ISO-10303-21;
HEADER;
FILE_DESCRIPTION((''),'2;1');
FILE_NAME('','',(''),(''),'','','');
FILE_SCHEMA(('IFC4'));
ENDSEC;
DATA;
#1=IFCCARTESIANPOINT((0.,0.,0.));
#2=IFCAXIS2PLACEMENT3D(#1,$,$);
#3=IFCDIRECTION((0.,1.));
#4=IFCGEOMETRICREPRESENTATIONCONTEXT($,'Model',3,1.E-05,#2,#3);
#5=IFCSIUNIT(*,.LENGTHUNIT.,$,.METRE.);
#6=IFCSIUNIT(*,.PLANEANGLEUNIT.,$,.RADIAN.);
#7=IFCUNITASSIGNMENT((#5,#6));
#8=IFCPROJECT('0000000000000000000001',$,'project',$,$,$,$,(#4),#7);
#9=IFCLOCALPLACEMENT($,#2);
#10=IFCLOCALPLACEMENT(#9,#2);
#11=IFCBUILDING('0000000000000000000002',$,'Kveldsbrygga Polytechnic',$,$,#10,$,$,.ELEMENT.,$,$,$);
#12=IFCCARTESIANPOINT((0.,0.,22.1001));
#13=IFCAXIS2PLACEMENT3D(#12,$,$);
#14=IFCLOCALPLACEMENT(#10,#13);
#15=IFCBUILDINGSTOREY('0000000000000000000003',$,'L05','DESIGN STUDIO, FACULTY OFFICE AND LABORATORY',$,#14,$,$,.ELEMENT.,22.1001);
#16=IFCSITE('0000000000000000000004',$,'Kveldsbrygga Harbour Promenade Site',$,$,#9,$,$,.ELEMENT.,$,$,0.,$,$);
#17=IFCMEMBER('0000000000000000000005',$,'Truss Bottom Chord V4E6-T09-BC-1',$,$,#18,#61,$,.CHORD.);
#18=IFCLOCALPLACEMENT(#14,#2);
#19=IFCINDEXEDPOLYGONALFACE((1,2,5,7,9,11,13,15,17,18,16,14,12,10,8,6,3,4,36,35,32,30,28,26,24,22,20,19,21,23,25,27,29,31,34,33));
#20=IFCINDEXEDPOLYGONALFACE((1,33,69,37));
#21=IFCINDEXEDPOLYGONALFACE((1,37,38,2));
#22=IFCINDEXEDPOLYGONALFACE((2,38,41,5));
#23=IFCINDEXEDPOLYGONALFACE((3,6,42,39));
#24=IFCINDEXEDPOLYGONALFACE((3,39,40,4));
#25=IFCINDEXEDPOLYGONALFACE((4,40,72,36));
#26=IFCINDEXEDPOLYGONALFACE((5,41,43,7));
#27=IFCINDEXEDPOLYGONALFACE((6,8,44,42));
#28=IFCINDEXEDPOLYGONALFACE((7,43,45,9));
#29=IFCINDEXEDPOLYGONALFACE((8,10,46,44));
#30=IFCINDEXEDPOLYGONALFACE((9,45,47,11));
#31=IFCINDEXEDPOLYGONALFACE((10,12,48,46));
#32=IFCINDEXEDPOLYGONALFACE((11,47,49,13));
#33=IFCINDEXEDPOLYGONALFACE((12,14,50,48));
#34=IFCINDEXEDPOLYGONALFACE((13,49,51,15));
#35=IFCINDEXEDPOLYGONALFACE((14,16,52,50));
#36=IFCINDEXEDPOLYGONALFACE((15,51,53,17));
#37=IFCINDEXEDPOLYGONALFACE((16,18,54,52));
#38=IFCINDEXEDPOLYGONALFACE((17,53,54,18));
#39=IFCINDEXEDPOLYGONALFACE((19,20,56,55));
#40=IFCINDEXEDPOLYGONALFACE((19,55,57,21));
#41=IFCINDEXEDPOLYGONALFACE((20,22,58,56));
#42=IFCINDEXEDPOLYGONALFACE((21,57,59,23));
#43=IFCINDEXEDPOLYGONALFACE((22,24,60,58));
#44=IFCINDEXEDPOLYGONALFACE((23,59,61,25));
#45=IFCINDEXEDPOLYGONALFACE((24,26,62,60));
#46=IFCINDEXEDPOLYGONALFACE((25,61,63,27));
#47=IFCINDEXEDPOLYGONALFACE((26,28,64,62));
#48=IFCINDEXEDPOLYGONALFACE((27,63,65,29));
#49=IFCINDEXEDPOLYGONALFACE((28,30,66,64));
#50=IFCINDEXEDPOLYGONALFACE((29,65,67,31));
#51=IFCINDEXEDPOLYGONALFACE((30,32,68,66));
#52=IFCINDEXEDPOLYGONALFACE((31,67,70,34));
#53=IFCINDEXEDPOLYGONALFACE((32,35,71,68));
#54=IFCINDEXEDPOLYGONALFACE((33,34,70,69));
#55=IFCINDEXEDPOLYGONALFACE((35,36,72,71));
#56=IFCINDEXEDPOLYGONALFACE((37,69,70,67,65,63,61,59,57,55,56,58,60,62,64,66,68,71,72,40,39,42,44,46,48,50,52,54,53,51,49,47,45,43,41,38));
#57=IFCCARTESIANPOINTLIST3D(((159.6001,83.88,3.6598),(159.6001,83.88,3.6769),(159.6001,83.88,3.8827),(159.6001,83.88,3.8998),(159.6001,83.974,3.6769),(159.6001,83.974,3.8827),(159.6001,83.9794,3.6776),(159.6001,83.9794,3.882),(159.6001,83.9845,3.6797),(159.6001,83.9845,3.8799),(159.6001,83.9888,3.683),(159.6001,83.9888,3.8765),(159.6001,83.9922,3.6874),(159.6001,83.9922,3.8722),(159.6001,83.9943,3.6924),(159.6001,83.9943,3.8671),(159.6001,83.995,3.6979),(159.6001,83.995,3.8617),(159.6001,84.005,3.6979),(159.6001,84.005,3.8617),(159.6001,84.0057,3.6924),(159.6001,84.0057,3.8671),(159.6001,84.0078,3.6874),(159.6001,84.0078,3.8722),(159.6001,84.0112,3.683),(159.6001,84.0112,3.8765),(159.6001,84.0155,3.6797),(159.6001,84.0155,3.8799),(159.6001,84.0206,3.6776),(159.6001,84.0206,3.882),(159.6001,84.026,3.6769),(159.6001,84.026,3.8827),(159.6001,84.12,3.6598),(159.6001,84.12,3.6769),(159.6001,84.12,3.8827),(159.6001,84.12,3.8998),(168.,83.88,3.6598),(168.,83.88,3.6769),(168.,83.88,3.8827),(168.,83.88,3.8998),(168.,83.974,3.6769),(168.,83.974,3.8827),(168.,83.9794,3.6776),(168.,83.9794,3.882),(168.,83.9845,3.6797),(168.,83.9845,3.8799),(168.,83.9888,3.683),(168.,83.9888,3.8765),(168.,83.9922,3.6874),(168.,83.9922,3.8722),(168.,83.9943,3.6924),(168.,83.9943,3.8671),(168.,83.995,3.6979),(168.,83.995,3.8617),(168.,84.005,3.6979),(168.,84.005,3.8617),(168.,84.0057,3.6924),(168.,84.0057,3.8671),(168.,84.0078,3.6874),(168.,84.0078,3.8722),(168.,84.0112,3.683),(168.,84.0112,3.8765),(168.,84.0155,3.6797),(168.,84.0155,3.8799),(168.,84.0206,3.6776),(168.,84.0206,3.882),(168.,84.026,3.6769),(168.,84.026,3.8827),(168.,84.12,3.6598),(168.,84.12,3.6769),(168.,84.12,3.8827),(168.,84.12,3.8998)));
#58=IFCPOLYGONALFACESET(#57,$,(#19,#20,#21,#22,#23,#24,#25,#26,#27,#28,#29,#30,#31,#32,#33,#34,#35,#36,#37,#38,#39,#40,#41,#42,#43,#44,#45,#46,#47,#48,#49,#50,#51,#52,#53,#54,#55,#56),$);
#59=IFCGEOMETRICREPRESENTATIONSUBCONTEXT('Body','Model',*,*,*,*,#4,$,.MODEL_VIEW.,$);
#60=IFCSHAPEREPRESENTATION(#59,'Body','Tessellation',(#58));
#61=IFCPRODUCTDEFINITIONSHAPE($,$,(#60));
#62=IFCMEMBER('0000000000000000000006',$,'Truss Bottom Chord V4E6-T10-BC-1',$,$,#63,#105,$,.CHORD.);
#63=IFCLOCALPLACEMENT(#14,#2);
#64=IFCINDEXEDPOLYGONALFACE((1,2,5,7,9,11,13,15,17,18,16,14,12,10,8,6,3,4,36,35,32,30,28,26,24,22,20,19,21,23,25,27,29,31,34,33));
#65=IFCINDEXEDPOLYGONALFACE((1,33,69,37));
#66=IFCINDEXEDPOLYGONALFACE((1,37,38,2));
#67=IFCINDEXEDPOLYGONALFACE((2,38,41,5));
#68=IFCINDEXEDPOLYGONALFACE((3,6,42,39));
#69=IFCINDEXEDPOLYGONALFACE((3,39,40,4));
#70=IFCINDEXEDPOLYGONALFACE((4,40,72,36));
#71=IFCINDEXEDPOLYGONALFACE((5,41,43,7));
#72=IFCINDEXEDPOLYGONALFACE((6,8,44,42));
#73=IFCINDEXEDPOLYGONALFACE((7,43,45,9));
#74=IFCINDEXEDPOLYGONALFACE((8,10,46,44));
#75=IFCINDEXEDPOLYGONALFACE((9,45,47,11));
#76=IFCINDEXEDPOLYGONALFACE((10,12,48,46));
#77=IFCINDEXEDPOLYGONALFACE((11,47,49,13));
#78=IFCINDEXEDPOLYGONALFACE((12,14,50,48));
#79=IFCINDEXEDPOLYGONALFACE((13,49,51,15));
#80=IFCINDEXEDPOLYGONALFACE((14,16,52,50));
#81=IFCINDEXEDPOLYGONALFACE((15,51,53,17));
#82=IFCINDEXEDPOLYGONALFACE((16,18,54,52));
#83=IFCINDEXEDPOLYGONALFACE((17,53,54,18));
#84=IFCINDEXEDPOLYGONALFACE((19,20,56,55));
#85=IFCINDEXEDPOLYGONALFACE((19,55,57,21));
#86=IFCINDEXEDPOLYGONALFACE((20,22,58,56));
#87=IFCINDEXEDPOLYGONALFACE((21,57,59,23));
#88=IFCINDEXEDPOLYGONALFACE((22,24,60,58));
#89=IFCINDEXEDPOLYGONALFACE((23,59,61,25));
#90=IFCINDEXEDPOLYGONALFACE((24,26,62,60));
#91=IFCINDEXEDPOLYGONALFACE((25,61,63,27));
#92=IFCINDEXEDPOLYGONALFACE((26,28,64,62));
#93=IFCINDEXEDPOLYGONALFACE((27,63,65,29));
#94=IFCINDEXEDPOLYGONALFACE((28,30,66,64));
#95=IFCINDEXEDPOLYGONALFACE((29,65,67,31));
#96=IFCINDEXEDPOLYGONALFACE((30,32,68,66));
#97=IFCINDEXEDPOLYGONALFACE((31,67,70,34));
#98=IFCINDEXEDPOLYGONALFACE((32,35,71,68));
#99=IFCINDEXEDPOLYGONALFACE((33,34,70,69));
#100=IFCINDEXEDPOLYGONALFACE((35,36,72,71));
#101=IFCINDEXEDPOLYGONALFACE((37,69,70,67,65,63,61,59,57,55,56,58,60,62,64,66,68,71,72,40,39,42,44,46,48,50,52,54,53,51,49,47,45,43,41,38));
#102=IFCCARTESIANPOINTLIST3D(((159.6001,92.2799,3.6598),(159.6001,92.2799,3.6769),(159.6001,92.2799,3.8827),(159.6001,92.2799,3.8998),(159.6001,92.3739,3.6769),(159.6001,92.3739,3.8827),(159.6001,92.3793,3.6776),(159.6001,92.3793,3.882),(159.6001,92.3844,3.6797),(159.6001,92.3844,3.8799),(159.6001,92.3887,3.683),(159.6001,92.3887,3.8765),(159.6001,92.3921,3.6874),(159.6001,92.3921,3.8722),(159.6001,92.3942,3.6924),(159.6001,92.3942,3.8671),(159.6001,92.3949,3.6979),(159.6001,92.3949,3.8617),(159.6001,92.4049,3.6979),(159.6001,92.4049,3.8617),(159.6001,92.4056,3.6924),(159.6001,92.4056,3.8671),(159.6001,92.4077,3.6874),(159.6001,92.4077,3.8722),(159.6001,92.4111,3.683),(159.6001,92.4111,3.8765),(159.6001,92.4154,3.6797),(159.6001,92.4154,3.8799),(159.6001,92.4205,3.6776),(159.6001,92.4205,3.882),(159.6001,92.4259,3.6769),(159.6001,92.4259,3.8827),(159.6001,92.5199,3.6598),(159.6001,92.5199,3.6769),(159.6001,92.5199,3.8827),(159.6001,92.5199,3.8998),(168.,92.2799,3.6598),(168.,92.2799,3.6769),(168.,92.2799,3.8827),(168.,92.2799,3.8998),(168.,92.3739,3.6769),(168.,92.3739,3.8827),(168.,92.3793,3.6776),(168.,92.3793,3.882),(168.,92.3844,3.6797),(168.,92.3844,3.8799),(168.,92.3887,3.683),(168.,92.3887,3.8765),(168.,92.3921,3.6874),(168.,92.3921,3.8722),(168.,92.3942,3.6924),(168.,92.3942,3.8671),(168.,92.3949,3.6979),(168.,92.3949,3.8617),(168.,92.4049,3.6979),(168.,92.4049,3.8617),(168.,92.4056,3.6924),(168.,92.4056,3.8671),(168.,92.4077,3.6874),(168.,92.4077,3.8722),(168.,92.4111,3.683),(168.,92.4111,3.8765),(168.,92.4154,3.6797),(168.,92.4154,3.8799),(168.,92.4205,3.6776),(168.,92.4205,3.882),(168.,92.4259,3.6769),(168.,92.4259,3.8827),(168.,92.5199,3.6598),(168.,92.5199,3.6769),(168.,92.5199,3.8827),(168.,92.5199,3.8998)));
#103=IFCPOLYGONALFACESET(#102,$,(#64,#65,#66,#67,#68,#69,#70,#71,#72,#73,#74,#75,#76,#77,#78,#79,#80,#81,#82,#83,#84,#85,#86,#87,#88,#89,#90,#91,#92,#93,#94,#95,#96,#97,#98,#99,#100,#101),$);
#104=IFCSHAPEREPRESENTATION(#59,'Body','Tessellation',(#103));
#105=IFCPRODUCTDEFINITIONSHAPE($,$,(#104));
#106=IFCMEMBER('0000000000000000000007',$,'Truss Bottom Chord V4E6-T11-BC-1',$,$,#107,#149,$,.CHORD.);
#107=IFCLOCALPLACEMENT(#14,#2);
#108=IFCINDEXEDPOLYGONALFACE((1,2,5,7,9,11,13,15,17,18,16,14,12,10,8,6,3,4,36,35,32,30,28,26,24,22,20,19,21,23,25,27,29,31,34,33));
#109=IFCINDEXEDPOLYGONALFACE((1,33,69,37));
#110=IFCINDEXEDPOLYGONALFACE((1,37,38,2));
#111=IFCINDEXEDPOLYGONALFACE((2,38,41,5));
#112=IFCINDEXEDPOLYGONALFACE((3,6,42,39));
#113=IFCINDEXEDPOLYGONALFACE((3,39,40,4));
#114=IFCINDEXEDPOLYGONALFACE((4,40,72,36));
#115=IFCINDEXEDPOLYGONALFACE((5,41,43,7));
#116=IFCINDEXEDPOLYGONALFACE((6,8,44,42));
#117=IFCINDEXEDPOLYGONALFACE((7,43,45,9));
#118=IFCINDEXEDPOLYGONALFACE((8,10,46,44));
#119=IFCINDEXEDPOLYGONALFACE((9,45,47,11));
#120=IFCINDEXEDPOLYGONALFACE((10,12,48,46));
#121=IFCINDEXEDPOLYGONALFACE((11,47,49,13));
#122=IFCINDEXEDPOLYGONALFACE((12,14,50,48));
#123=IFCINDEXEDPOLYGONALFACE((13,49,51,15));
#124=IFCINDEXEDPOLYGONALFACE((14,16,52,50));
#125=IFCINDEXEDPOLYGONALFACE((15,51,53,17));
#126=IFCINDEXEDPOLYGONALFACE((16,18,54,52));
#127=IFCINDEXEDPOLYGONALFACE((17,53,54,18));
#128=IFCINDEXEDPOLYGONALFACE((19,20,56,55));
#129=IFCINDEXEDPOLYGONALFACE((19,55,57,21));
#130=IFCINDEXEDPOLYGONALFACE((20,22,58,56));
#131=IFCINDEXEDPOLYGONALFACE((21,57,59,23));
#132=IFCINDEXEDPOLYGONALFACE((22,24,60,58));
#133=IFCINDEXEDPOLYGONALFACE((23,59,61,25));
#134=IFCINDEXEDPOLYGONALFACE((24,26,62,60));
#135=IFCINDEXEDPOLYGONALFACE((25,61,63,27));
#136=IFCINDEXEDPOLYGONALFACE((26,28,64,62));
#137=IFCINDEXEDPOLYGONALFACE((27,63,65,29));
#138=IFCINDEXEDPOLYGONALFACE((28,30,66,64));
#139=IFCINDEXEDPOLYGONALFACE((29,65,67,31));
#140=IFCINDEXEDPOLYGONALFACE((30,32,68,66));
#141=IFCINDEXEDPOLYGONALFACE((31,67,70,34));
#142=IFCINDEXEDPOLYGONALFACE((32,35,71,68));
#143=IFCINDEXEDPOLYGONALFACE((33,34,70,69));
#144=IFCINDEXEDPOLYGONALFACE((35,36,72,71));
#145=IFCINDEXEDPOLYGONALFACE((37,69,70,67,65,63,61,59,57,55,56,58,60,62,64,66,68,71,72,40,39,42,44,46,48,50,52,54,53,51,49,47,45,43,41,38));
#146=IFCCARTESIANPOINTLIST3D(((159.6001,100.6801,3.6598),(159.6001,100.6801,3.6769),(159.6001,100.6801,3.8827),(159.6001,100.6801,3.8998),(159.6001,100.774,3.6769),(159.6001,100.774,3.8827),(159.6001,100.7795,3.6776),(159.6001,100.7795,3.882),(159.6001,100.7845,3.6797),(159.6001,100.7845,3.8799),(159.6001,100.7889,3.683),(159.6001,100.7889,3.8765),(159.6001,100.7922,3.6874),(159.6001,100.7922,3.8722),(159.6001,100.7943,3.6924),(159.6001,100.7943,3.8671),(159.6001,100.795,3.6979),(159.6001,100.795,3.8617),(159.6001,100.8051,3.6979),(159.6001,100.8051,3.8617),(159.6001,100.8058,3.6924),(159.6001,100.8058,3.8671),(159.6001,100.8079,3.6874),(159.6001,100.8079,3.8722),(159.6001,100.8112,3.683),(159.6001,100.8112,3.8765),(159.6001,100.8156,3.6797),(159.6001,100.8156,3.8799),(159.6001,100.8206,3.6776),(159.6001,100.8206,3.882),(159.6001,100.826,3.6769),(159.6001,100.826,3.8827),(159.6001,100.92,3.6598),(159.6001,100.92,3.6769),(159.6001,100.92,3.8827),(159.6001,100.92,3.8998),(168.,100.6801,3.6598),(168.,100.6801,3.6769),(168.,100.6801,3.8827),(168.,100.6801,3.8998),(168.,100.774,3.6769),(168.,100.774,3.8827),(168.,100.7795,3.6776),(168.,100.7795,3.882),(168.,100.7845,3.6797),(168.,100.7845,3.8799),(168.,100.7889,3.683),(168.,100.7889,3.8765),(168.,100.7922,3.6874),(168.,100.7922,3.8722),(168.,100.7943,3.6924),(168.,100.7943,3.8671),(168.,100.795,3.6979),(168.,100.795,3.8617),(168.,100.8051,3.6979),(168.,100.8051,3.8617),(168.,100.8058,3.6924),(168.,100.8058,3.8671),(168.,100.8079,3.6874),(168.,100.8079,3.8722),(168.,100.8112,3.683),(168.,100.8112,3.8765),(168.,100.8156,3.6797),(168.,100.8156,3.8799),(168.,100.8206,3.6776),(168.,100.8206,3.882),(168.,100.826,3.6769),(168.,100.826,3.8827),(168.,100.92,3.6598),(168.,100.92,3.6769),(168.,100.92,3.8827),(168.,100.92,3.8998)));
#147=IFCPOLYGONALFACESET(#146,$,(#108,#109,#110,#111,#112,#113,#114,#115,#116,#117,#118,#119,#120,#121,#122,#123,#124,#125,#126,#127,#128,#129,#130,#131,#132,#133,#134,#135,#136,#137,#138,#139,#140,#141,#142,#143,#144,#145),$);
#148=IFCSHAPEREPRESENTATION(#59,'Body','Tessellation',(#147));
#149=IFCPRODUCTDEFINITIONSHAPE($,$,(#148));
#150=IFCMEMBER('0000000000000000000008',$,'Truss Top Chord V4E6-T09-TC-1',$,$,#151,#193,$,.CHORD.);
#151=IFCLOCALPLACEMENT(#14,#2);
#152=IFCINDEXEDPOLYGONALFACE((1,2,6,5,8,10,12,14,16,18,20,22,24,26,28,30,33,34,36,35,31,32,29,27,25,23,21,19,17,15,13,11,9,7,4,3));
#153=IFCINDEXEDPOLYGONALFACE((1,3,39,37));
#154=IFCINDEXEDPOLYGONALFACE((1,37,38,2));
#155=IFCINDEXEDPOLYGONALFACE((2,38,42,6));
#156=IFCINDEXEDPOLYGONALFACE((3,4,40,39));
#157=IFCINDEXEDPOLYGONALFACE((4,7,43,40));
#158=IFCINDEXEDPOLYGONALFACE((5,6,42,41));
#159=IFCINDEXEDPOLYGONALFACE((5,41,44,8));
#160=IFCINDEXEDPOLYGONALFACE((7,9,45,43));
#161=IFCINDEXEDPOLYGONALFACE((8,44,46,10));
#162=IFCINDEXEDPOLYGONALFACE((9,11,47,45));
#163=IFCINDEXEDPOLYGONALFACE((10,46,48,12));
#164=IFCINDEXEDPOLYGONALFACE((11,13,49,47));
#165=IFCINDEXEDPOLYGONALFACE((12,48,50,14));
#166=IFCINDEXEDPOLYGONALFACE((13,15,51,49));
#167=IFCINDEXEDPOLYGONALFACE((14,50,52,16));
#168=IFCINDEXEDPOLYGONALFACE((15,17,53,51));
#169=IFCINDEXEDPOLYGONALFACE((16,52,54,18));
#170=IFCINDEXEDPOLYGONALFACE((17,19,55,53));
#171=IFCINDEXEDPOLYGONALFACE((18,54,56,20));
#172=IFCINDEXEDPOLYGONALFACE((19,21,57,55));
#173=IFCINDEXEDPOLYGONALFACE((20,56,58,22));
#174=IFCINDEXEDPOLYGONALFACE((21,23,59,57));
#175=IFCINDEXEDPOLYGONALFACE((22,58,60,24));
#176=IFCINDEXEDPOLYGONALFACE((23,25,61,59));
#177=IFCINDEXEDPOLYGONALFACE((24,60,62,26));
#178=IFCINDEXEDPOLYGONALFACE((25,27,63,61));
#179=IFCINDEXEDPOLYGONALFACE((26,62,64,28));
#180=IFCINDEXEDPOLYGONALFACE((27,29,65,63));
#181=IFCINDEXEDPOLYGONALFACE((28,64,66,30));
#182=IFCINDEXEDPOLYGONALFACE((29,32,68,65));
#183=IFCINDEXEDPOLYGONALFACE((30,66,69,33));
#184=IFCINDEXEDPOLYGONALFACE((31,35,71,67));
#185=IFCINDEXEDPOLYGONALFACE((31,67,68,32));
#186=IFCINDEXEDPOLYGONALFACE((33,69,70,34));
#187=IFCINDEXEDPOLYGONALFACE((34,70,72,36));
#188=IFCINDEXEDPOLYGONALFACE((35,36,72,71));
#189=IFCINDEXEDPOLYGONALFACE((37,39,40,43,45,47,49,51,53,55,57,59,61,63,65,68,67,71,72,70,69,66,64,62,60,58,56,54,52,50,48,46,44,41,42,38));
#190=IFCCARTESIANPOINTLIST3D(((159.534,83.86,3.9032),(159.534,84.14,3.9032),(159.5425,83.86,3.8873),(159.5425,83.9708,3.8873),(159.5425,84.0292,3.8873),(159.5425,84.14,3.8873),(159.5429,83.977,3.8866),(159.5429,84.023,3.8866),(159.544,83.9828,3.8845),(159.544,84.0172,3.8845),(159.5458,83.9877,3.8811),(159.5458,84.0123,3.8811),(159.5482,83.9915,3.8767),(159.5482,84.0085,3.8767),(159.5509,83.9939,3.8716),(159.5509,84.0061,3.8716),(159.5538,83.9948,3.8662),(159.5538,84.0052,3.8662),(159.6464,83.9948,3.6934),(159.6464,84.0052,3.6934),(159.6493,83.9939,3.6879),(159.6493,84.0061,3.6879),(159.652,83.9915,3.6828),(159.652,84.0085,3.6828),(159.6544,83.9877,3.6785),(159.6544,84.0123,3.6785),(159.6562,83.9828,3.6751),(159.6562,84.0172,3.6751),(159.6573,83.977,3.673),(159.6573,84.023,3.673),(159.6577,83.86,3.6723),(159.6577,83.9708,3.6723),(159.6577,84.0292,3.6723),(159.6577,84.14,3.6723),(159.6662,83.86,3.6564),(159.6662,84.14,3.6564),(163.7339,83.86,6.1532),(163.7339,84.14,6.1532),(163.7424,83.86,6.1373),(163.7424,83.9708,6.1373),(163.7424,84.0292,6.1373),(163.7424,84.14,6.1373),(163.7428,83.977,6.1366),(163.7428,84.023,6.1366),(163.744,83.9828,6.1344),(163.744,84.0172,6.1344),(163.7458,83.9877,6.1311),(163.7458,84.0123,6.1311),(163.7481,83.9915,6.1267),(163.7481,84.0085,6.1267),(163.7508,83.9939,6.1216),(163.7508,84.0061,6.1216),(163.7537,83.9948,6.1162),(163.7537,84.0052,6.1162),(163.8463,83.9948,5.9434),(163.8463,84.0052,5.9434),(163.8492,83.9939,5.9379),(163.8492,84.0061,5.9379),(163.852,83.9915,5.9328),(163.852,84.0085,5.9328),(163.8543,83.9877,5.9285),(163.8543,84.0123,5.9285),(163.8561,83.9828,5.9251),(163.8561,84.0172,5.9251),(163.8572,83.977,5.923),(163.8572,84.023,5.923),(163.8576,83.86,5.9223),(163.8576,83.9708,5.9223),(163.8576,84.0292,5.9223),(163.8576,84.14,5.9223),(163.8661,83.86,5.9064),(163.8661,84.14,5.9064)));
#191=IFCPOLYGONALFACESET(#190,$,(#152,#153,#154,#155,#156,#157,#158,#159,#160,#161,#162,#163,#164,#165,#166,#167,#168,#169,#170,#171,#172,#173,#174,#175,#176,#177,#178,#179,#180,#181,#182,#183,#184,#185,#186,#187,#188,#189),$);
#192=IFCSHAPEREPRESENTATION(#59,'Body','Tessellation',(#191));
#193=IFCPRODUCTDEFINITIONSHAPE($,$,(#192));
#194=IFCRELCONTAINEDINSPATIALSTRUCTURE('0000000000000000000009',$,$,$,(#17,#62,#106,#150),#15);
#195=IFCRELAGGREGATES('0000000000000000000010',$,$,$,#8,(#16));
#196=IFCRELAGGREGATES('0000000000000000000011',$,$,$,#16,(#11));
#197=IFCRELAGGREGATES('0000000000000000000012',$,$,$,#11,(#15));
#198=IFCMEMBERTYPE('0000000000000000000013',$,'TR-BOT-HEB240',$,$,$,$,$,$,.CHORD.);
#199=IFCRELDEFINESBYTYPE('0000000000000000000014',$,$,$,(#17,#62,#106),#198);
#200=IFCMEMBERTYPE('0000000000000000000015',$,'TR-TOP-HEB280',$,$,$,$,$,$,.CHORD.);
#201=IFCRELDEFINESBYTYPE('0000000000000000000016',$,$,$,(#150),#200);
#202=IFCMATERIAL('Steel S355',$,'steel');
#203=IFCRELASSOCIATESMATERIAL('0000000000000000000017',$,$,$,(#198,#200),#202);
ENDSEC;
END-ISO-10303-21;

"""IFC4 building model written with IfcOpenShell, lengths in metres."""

from ifc_helpers import new_model, si_unit, direction, frame, origin, origin_2d, place, context, subcontext, project, spatial, i_section, extrude, material, material_profile, profile_set, type_object, element, save


model = new_model("IFC4")

# Units and contexts
model_context = context("Model", 3, precision=1e-05, world=origin(), true_north=direction((0.0, 1.0)))
body_context = subcontext(model_context, "Body", "Model", "MODEL_VIEW")
ifc_project = project(units=[si_unit("LENGTHUNIT", "METRE"), si_unit("PLANEANGLEUNIT", "RADIAN")], contexts=[model_context])

# Site, building, storey
site_placement = place(None, origin())
site = spatial("IfcSite", under=ifc_project, at=site_placement, Name="Kveldsbrygga Harbour Promenade Site", CompositionType="ELEMENT", RefElevation=0.0)
building_placement = place(site_placement, origin())
building = spatial("IfcBuilding", under=site, at=building_placement, Name="Kveldsbrygga Polytechnic", CompositionType="ELEMENT")
storey_placement = place(building_placement, frame((0.0, 0.0, 22.1001)))
storey = spatial("IfcBuildingStorey", under=building, at=storey_placement, Name="L05", Description="DESIGN STUDIO, FACULTY OFFICE AND LABORATORY", CompositionType="ELEMENT", Elevation=22.1001)

# Members
ifc_material_1 = material(Name="Steel S355", Category="steel")
ifc_material_profile_1 = material_profile(ifc_material_1, i_section(OverallWidth=0.24, OverallDepth=0.24, WebThickness=0.01, FlangeThickness=0.0171, FilletRadius=0.021, at=origin_2d()), Name="HEB 240")
ifc_profile_set_1 = profile_set([ifc_material_profile_1], Name="Steel S355")
member_type_1 = type_object("IfcMemberType", Name="TR-BOT-HEB240", PredefinedType="CHORD", material=ifc_profile_set_1)
for number, where, z_axis, x_axis, name in (
    (1, (159.6001, 84.0, 3.7798), (1.0, 0.0, 0.0), (0.0, 1.0, 0.0), "Truss Bottom Chord V4E6-T09-BC-1"),
    (2, (159.6001, 92.3999, 3.7798), (1.0, 0.0, 0.0), (0.0, 1.0, 0.0), "Truss Bottom Chord V4E6-T10-BC-1"),
    (3, (159.6001, 100.8, 3.7798), (1.0, 0.0, 0.0), (0.0, 1.0, 0.0), "Truss Bottom Chord V4E6-T11-BC-1"),
):
    element("IfcMember", number, at=place(storey_placement, frame(where, z_axis=z_axis, x_axis=x_axis)), inside=storey, type_object=member_type_1, Name=name, PredefinedType="CHORD", context=body_context, shape_type="SweptSolid", body=[
        extrude(i_section(OverallWidth=0.24, OverallDepth=0.24, WebThickness=0.01, FlangeThickness=0.0171, FilletRadius=0.021, at=origin_2d()), origin(), (0.0, 0.0, 1.0), 8.3999),
    ])
ifc_material_profile_2 = material_profile(ifc_material_1, i_section(OverallWidth=0.28, OverallDepth=0.28, WebThickness=0.0105, FlangeThickness=0.0181, FilletRadius=0.0239, at=origin_2d()), Name="HEB 280")
ifc_profile_set_2 = profile_set([ifc_material_profile_2], Name="Steel S355")
member_type_2 = type_object("IfcMemberType", Name="TR-TOP-HEB280", PredefinedType="CHORD", material=ifc_profile_set_2)
for number, where, z_axis, x_axis, name in (
    (4, (159.6001, 84.0, 3.7798), (0.881478, 0.0, 0.472226), (0.0, 1.0, 0.0), "Truss Top Chord V4E6-T09-TC-1"),
):
    element("IfcMember", number, at=place(storey_placement, frame(where, z_axis=z_axis, x_axis=x_axis)), inside=storey, type_object=member_type_2, Name=name, PredefinedType="CHORD", context=body_context, shape_type="SweptSolid", body=[
        extrude(i_section(OverallWidth=0.28, OverallDepth=0.28, WebThickness=0.0105, FlangeThickness=0.0181, FilletRadius=0.0239, at=origin_2d()), origin(), (0.0, 0.0, 1.0), 4.7646),
    ])

save(model, "model.ifc")
